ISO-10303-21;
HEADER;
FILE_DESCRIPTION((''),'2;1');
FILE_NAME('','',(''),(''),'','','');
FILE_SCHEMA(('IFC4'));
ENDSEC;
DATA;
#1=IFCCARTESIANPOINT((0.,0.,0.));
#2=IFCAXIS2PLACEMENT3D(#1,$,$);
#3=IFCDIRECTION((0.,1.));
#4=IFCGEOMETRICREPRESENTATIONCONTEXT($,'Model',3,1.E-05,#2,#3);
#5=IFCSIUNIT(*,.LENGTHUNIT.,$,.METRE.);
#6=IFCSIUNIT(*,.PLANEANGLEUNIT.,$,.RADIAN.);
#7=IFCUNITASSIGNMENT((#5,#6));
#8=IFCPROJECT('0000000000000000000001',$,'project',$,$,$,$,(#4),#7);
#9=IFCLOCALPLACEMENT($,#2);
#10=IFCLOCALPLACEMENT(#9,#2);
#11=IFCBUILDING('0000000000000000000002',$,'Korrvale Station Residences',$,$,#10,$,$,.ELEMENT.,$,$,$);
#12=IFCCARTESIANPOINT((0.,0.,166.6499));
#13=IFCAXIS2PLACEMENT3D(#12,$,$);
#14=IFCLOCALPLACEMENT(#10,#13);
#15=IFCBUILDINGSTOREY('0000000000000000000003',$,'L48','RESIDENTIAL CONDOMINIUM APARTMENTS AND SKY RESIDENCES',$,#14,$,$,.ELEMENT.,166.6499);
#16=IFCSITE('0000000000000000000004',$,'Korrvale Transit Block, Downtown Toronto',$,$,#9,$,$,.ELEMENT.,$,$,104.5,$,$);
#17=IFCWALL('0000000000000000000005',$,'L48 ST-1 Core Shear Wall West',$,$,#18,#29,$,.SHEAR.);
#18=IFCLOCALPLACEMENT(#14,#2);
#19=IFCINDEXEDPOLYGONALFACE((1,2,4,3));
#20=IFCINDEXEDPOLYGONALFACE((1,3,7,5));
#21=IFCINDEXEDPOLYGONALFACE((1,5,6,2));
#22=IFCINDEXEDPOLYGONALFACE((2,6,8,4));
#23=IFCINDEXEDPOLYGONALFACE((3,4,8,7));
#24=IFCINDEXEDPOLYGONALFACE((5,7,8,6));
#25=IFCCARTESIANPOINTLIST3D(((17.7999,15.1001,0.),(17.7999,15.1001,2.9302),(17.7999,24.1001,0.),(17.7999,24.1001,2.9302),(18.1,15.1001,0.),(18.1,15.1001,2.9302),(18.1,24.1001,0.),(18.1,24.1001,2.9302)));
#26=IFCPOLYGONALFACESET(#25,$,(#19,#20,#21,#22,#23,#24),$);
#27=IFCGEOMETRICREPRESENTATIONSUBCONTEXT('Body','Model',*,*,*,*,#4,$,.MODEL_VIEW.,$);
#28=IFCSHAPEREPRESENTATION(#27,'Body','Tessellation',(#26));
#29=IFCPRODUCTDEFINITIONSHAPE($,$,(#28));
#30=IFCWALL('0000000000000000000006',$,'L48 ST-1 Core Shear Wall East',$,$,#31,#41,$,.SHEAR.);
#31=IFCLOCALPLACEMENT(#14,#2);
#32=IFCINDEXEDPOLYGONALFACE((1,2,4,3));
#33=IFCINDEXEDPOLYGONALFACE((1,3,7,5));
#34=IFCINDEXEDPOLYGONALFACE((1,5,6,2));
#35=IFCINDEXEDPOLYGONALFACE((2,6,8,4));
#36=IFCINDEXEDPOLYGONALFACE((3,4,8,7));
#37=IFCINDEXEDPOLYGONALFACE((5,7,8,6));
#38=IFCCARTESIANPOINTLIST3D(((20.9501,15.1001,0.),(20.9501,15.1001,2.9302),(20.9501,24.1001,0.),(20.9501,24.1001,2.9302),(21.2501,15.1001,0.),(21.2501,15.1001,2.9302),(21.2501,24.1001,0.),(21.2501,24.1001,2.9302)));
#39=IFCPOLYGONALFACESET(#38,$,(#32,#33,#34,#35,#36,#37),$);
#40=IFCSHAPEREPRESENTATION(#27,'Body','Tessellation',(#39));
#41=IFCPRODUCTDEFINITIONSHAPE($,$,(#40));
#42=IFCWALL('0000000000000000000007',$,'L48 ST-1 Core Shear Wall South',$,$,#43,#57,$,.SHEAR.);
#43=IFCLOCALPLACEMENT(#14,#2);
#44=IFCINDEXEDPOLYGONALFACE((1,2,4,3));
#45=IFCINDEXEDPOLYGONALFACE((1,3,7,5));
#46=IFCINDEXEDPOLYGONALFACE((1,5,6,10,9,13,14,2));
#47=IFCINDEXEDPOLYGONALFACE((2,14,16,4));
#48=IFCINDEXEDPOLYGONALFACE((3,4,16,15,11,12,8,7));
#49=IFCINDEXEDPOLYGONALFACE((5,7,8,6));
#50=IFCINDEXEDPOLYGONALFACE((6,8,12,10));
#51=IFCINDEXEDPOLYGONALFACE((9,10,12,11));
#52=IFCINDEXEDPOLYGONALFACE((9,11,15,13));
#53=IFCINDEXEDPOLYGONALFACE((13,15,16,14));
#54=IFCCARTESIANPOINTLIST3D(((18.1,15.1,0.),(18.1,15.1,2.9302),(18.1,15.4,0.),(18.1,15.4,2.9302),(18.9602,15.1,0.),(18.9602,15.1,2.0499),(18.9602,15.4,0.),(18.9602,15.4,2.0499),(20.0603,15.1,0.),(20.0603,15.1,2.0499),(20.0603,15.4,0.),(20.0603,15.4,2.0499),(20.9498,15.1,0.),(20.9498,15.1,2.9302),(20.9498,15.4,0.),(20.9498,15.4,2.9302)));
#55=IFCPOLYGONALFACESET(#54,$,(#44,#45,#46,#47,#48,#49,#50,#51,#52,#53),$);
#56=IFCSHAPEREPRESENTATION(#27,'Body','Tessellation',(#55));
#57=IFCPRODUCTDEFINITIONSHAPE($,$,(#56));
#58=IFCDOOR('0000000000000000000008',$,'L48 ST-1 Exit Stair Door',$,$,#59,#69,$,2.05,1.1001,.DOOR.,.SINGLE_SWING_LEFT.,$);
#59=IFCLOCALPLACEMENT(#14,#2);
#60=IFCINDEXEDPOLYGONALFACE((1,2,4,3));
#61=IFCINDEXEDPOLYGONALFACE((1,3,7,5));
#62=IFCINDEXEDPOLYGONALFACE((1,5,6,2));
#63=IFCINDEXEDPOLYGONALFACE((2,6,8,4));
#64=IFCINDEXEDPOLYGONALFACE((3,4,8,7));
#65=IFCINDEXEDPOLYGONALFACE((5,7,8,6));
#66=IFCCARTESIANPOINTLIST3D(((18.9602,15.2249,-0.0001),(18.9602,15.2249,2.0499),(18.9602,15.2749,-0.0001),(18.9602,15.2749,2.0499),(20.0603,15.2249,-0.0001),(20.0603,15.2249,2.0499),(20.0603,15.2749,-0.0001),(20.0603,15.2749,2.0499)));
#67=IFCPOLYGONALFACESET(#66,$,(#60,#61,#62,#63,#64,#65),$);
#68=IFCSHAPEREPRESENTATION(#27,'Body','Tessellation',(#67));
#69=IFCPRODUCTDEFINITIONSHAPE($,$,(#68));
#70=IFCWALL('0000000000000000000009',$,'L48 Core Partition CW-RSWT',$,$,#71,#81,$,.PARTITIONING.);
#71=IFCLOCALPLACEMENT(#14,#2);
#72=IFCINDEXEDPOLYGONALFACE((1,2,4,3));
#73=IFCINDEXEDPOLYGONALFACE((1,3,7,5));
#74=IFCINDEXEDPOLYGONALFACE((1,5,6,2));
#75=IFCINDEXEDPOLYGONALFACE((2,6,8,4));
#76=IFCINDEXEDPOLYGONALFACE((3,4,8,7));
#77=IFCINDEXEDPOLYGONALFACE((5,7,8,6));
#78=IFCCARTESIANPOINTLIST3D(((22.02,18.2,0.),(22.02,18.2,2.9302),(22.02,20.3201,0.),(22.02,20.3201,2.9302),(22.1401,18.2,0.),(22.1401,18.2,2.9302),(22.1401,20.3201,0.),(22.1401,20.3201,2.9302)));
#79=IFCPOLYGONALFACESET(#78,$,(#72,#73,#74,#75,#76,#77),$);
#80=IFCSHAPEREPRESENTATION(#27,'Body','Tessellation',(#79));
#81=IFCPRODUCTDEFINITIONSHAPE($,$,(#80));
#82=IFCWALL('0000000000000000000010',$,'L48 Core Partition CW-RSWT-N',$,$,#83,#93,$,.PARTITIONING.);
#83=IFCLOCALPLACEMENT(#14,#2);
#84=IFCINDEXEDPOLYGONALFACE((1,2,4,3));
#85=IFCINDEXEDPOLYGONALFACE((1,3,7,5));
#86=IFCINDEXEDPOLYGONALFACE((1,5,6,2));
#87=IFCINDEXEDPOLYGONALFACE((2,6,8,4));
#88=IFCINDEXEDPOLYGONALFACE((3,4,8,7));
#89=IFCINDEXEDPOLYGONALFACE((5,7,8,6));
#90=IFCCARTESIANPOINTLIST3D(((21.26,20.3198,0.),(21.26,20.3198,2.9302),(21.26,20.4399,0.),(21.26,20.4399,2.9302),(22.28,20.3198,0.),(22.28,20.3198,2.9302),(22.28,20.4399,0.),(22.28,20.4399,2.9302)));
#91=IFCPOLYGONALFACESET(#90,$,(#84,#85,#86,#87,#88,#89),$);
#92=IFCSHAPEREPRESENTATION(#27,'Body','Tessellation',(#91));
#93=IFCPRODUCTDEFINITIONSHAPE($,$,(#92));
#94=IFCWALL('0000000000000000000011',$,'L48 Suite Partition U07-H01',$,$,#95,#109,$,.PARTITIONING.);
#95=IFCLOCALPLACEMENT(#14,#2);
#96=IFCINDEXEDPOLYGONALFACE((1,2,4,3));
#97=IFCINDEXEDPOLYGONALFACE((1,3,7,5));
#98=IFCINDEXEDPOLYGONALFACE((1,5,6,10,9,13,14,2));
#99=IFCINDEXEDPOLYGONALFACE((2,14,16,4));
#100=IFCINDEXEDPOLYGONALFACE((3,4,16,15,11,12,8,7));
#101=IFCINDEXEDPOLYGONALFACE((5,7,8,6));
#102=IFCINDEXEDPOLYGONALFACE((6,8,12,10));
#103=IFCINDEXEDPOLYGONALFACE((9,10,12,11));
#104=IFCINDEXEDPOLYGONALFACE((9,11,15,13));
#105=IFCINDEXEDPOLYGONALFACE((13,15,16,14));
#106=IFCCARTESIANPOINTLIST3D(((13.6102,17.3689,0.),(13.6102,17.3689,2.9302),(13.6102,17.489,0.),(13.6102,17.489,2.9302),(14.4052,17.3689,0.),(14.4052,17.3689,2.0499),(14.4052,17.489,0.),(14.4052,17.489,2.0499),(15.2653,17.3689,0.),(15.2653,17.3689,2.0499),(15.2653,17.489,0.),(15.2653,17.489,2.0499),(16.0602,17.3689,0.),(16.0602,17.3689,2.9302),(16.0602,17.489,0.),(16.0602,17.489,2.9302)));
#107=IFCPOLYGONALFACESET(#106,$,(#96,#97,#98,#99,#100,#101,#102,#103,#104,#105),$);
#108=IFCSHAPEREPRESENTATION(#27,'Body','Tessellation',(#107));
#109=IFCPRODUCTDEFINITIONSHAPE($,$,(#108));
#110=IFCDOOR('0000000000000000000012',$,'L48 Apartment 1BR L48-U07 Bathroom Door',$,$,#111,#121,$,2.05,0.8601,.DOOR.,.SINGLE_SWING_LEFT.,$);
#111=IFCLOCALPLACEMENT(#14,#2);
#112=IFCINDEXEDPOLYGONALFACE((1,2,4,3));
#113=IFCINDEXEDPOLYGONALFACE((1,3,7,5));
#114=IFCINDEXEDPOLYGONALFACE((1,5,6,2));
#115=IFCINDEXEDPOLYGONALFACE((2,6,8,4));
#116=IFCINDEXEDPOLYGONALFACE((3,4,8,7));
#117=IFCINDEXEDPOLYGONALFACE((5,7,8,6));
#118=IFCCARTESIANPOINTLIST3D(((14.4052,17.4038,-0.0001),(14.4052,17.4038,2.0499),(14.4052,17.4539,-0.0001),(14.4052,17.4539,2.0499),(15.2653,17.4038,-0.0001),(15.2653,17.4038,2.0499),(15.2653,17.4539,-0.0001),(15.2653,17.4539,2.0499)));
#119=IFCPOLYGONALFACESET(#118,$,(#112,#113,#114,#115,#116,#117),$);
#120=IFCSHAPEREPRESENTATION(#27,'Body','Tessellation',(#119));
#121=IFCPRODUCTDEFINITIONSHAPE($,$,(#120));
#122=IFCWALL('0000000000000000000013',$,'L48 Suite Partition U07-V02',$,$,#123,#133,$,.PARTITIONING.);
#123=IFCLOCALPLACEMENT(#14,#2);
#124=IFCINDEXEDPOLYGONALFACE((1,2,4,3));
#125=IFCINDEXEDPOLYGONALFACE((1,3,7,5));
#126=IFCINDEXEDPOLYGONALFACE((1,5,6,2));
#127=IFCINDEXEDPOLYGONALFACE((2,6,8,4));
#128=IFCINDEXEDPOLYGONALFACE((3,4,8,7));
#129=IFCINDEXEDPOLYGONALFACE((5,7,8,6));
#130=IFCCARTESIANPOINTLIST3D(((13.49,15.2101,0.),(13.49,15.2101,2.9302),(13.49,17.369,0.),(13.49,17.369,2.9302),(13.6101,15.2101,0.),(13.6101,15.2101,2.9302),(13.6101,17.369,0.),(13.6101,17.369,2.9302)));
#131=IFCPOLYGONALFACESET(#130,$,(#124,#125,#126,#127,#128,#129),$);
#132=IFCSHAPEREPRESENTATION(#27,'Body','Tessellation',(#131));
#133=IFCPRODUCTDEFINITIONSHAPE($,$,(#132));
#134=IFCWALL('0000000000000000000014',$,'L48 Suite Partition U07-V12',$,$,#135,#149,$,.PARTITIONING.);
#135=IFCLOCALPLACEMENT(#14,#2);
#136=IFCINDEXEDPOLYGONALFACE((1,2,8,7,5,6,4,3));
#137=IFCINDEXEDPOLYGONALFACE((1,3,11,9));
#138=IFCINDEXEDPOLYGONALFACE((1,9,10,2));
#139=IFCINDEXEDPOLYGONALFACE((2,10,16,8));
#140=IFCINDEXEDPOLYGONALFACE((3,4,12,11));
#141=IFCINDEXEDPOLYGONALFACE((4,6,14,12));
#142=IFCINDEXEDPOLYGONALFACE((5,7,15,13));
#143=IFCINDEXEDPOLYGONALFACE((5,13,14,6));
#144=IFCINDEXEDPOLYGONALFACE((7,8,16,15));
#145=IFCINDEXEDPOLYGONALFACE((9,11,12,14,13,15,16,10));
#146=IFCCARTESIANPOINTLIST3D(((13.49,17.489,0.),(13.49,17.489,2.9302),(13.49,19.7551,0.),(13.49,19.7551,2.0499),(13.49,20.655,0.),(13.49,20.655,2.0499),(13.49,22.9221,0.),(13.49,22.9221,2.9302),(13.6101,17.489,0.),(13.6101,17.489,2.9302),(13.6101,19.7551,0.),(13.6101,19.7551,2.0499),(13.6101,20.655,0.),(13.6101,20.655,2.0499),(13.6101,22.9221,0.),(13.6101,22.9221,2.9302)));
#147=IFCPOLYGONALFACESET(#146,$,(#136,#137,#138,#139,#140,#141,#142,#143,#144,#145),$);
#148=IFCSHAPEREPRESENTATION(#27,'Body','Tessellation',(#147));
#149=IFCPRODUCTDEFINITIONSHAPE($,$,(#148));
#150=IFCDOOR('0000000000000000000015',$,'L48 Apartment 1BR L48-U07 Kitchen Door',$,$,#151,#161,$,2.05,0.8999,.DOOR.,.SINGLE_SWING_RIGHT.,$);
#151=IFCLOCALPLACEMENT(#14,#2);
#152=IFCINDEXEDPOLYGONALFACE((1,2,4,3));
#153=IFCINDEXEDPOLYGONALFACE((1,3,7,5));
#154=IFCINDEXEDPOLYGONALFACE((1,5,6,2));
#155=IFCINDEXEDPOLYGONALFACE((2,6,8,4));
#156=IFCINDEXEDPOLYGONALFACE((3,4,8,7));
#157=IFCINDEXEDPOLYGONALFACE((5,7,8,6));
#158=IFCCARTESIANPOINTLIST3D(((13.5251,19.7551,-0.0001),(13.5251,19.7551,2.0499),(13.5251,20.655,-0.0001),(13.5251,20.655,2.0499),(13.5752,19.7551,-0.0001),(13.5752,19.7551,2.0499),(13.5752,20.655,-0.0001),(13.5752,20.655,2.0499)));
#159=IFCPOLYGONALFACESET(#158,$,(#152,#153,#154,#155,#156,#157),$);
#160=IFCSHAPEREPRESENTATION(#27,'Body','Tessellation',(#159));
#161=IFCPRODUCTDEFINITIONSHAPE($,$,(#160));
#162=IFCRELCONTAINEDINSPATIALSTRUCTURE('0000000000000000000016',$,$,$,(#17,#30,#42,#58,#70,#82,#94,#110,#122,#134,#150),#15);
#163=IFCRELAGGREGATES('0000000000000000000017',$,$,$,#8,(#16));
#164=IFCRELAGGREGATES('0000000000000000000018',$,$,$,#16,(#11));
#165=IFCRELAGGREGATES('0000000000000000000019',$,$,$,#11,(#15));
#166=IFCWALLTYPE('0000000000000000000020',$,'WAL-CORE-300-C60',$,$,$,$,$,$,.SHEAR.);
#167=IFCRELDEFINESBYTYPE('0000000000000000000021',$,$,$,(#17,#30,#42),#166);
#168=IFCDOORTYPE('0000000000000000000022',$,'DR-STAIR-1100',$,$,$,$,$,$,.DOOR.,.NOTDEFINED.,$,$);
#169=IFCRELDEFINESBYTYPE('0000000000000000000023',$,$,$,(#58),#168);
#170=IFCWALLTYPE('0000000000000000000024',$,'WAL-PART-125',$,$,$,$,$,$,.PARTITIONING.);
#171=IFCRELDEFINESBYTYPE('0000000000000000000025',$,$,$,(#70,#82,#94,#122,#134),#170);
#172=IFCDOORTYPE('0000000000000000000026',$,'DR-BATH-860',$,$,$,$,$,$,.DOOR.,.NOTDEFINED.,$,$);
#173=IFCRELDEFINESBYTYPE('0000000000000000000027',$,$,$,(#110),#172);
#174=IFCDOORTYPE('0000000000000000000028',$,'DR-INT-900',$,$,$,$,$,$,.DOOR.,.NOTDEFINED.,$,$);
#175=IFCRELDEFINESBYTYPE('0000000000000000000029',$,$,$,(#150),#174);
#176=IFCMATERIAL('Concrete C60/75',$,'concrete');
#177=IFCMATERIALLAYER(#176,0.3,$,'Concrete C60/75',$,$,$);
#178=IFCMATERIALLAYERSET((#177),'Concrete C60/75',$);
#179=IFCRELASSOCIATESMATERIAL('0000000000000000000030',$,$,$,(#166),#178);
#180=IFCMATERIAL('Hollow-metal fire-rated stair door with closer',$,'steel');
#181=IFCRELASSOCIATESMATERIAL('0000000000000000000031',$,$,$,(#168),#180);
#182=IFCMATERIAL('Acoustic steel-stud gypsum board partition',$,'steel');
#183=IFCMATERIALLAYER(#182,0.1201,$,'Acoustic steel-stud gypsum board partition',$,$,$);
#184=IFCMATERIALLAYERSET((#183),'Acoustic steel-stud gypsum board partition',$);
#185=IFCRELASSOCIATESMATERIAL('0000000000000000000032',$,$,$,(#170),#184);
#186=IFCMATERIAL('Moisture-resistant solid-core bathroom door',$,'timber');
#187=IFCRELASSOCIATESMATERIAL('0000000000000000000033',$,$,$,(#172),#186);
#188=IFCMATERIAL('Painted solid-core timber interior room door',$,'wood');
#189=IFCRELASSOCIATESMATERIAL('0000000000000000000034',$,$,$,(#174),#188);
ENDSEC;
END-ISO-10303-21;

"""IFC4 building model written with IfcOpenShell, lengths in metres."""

from ifc_helpers import new_model, si_unit, direction, frame, frame_2d, origin, place, context, subcontext, project, spatial, rectangle, extrude, material, layer, layer_set, type_object, element, fill, save


model = new_model("IFC4")

# Units and contexts
model_context = context("Model", 3, precision=1e-05, world=origin(), true_north=direction((0.0, 1.0)))
body_context = subcontext(model_context, "Body", "Model", "MODEL_VIEW")
ifc_project = project(units=[si_unit("LENGTHUNIT", "METRE"), si_unit("PLANEANGLEUNIT", "RADIAN")], contexts=[model_context])

# Site, building, storey
site_placement = place(None, origin())
site = spatial("IfcSite", under=ifc_project, at=site_placement, Name="Korrvale Transit Block, Downtown Toronto", CompositionType="ELEMENT", RefElevation=104.5)
building_placement = place(site_placement, origin())
building = spatial("IfcBuilding", under=site, at=building_placement, Name="Korrvale Station Residences", CompositionType="ELEMENT")
storey_placement = place(building_placement, frame((0.0, 0.0, 166.6499)))
storey = spatial("IfcBuildingStorey", under=building, at=storey_placement, Name="L48", Description="RESIDENTIAL CONDOMINIUM APARTMENTS AND SKY RESIDENCES", CompositionType="ELEMENT", Elevation=166.6499)

# Walls
ifc_material_1 = material(Name="Concrete C60/75", Category="concrete")
ifc_layer_1 = layer(ifc_material_1, 0.3, Name="Concrete C60/75")
ifc_layer_set_1 = layer_set([ifc_layer_1], Name="Concrete C60/75")
wall_type_1 = type_object("IfcWallType", Name="WAL-CORE-300-C60", PredefinedType="SHEAR", material=ifc_layer_set_1)
for number, where, z_axis, x_axis, name in (
    (1, (17.95, 15.1001, 0.0), (0.0, 0.0, 1.0), (0.0, 1.0, 0.0), "L48 ST-1 Core Shear Wall West"),
    (2, (21.1001, 15.1001, 0.0), (0.0, 0.0, 1.0), (0.0, 1.0, 0.0), "L48 ST-1 Core Shear Wall East"),
):
    element("IfcWall", number, at=place(storey_placement, frame(where, z_axis=z_axis, x_axis=x_axis)), inside=storey, type_object=wall_type_1, Name=name, PredefinedType="SHEAR", context=body_context, shape_type="SweptSolid", body=[
        extrude(rectangle(XDim=9.0, YDim=0.3, at=frame_2d((4.5, 0.0))), origin(), (0.0, 0.0, 1.0), 2.9302),
    ])

# Wall, opening, door
wall_1_placement = place(storey_placement, frame((18.1001, 15.25, 0.0), z_axis=(0.0, 0.0, 1.0), x_axis=(1.0, 0.0, 0.0)))
wall_1 = element("IfcWall", 3, at=wall_1_placement, inside=storey, type_object=wall_type_1, Name="L48 ST-1 Core Shear Wall South", PredefinedType="SHEAR", context=body_context, shape_type="SweptSolid", body=[
    extrude(rectangle(XDim=2.8499, YDim=0.3, at=frame_2d((1.4248, 0.0))), origin(), (0.0, 0.0, 1.0), 2.9302),
])
opening_1_placement = place(wall_1_placement, frame((0.8601, 0.0, 0.0)))
opening_1 = element("IfcOpeningElement", 4, at=opening_1_placement, cuts=wall_1, PredefinedType="OPENING", context=body_context, shape_type="SweptSolid", body=[
    extrude(rectangle(XDim=1.1001, YDim=2.05, at=frame_2d((0.55, 1.0249))), frame((0.0, 0.1602, 0.0), z_axis=(0.0, -1.0, 0.0), x_axis=(1.0, 0.0, 0.0)), (0.0, 0.0, 1.0), 0.3201),
])
ifc_material_2 = material(Name="Hollow-metal fire-rated stair door with closer", Category="steel")
door_type_1 = type_object("IfcDoorType", Name="DR-STAIR-1100", OperationType="NOTDEFINED", PredefinedType="DOOR", material=ifc_material_2)
door_1_placement = place(opening_1_placement, origin())
door_1 = element("IfcDoor", 5, at=door_1_placement, inside=storey, type_object=door_type_1, Name="L48 ST-1 Exit Stair Door", OperationType="SINGLE_SWING_LEFT", OverallHeight=2.05, OverallWidth=1.1001, PredefinedType="DOOR", context=body_context, shape_type="SweptSolid", body=[
    extrude(rectangle(XDim=1.1001, YDim=2.05, at=frame_2d((0.55, 1.0249))), frame((0.0, 0.0249, 0.0), z_axis=(0.0, -1.0, 0.0), x_axis=(1.0, 0.0, 0.0)), (0.0, 0.0, 1.0), 0.05),
])
fill(opening_1, door_1)

# Walls
ifc_material_3 = material(Name="Acoustic steel-stud gypsum board partition", Category="steel")
ifc_layer_2 = layer(ifc_material_3, 0.1201, Name="Acoustic steel-stud gypsum board partition")
ifc_layer_set_2 = layer_set([ifc_layer_2], Name="Acoustic steel-stud gypsum board partition")
wall_type_2 = type_object("IfcWallType", Name="WAL-PART-125", PredefinedType="PARTITIONING", material=ifc_layer_set_2)
wall_2_placement = place(storey_placement, frame((22.0801, 18.2, 0.0), z_axis=(0.0, 0.0, 1.0), x_axis=(0.0, 1.0, 0.0)))
element("IfcWall", 6, at=wall_2_placement, inside=storey, type_object=wall_type_2, Name="L48 Core Partition CW-RSWT", PredefinedType="PARTITIONING", context=body_context, shape_type="SweptSolid", body=[
    extrude(rectangle(XDim=2.1201, YDim=0.1201, at=frame_2d((1.0601, 0.0))), origin(), (0.0, 0.0, 1.0), 2.9302),
])
wall_3_placement = place(storey_placement, frame((22.28, 20.3799, 0.0), z_axis=(0.0, 0.0, 1.0), x_axis=(-1.0, 0.0, 0.0)))
element("IfcWall", 7, at=wall_3_placement, inside=storey, type_object=wall_type_2, Name="L48 Core Partition CW-RSWT-N", PredefinedType="PARTITIONING", context=body_context, shape_type="SweptSolid", body=[
    extrude(rectangle(XDim=1.02, YDim=0.1201, at=frame_2d((0.51, 0.0))), origin(), (0.0, 0.0, 1.0), 2.9302),
])

# Wall, opening, door
wall_4_placement = place(storey_placement, frame((13.6101, 17.429, 0.0), z_axis=(0.0, 0.0, 1.0), x_axis=(1.0, 0.0, 0.0)))
wall_4 = element("IfcWall", 8, at=wall_4_placement, inside=storey, type_object=wall_type_2, Name="L48 Suite Partition U07-H01", PredefinedType="PARTITIONING", context=body_context, shape_type="SweptSolid", body=[
    extrude(rectangle(XDim=2.45, YDim=0.1201, at=frame_2d((1.2251, 0.0))), origin(), (0.0, 0.0, 1.0), 2.9302),
])
opening_2_placement = place(wall_4_placement, frame((0.7949, 0.0, 0.0)))
opening_2 = element("IfcOpeningElement", 9, at=opening_2_placement, cuts=wall_4, PredefinedType="OPENING", context=body_context, shape_type="SweptSolid", body=[
    extrude(rectangle(XDim=0.8601, YDim=2.05, at=frame_2d((0.4302, 1.0249))), frame((0.0, 0.0701, 0.0), z_axis=(0.0, -1.0, 0.0), x_axis=(1.0, 0.0, 0.0)), (0.0, 0.0, 1.0), 0.1401),
])
ifc_material_4 = material(Name="Moisture-resistant solid-core bathroom door", Category="timber")
door_type_2 = type_object("IfcDoorType", Name="DR-BATH-860", OperationType="NOTDEFINED", PredefinedType="DOOR", material=ifc_material_4)
door_2_placement = place(opening_2_placement, origin())
door_2 = element("IfcDoor", 10, at=door_2_placement, inside=storey, type_object=door_type_2, Name="L48 Apartment 1BR L48-U07 Bathroom Door", OperationType="SINGLE_SWING_LEFT", OverallHeight=2.05, OverallWidth=0.8601, PredefinedType="DOOR", context=body_context, shape_type="SweptSolid", body=[
    extrude(rectangle(XDim=0.8601, YDim=2.05, at=frame_2d((0.4302, 1.0249))), frame((0.0, 0.0249, 0.0), z_axis=(0.0, -1.0, 0.0), x_axis=(1.0, 0.0, 0.0)), (0.0, 0.0, 1.0), 0.05),
])
fill(opening_2, door_2)

# Wall
wall_5_placement = place(storey_placement, frame((13.55, 15.21, 0.0), z_axis=(0.0, 0.0, 1.0), x_axis=(0.0, 1.0, 0.0)))
element("IfcWall", 11, at=wall_5_placement, inside=storey, type_object=wall_type_2, Name="L48 Suite Partition U07-V02", PredefinedType="PARTITIONING", context=body_context, shape_type="SweptSolid", body=[
    extrude(rectangle(XDim=2.1589, YDim=0.1201, at=frame_2d((1.0796, 0.0))), origin(), (0.0, 0.0, 1.0), 2.9302),
])

# Wall, opening, door
wall_6_placement = place(storey_placement, frame((13.55, 17.489, 0.0), z_axis=(0.0, 0.0, 1.0), x_axis=(0.0, 1.0, 0.0)))
wall_6 = element("IfcWall", 12, at=wall_6_placement, inside=storey, type_object=wall_type_2, Name="L48 Suite Partition U07-V12", PredefinedType="PARTITIONING", context=body_context, shape_type="SweptSolid", body=[
    extrude(rectangle(XDim=5.4331, YDim=0.1201, at=frame_2d((2.7166, 0.0))), origin(), (0.0, 0.0, 1.0), 2.9302),
])
opening_3_placement = place(wall_6_placement, frame((2.2661, 0.0, 0.0)))
opening_3 = element("IfcOpeningElement", 13, at=opening_3_placement, cuts=wall_6, PredefinedType="OPENING", context=body_context, shape_type="SweptSolid", body=[
    extrude(rectangle(XDim=0.8999, YDim=2.05, at=frame_2d((0.45, 1.0249))), frame((0.0, 0.0701, 0.0), z_axis=(0.0, -1.0, 0.0), x_axis=(1.0, 0.0, 0.0)), (0.0, 0.0, 1.0), 0.1401),
])
ifc_material_5 = material(Name="Painted solid-core timber interior room door", Category="wood")
door_type_3 = type_object("IfcDoorType", Name="DR-INT-900", OperationType="NOTDEFINED", PredefinedType="DOOR", material=ifc_material_5)
door_3_placement = place(opening_3_placement, origin())
door_3 = element("IfcDoor", 14, at=door_3_placement, inside=storey, type_object=door_type_3, Name="L48 Apartment 1BR L48-U07 Kitchen Door", OperationType="SINGLE_SWING_RIGHT", OverallHeight=2.05, OverallWidth=0.8999, PredefinedType="DOOR", context=body_context, shape_type="SweptSolid", body=[
    extrude(rectangle(XDim=0.8999, YDim=2.05, at=frame_2d((0.45, 1.0249))), frame((0.0, 0.0249, 0.0), z_axis=(0.0, -1.0, 0.0), x_axis=(1.0, 0.0, 0.0)), (0.0, 0.0, 1.0), 0.05),
])
fill(opening_3, door_3)

save(model, "model.ifc")
